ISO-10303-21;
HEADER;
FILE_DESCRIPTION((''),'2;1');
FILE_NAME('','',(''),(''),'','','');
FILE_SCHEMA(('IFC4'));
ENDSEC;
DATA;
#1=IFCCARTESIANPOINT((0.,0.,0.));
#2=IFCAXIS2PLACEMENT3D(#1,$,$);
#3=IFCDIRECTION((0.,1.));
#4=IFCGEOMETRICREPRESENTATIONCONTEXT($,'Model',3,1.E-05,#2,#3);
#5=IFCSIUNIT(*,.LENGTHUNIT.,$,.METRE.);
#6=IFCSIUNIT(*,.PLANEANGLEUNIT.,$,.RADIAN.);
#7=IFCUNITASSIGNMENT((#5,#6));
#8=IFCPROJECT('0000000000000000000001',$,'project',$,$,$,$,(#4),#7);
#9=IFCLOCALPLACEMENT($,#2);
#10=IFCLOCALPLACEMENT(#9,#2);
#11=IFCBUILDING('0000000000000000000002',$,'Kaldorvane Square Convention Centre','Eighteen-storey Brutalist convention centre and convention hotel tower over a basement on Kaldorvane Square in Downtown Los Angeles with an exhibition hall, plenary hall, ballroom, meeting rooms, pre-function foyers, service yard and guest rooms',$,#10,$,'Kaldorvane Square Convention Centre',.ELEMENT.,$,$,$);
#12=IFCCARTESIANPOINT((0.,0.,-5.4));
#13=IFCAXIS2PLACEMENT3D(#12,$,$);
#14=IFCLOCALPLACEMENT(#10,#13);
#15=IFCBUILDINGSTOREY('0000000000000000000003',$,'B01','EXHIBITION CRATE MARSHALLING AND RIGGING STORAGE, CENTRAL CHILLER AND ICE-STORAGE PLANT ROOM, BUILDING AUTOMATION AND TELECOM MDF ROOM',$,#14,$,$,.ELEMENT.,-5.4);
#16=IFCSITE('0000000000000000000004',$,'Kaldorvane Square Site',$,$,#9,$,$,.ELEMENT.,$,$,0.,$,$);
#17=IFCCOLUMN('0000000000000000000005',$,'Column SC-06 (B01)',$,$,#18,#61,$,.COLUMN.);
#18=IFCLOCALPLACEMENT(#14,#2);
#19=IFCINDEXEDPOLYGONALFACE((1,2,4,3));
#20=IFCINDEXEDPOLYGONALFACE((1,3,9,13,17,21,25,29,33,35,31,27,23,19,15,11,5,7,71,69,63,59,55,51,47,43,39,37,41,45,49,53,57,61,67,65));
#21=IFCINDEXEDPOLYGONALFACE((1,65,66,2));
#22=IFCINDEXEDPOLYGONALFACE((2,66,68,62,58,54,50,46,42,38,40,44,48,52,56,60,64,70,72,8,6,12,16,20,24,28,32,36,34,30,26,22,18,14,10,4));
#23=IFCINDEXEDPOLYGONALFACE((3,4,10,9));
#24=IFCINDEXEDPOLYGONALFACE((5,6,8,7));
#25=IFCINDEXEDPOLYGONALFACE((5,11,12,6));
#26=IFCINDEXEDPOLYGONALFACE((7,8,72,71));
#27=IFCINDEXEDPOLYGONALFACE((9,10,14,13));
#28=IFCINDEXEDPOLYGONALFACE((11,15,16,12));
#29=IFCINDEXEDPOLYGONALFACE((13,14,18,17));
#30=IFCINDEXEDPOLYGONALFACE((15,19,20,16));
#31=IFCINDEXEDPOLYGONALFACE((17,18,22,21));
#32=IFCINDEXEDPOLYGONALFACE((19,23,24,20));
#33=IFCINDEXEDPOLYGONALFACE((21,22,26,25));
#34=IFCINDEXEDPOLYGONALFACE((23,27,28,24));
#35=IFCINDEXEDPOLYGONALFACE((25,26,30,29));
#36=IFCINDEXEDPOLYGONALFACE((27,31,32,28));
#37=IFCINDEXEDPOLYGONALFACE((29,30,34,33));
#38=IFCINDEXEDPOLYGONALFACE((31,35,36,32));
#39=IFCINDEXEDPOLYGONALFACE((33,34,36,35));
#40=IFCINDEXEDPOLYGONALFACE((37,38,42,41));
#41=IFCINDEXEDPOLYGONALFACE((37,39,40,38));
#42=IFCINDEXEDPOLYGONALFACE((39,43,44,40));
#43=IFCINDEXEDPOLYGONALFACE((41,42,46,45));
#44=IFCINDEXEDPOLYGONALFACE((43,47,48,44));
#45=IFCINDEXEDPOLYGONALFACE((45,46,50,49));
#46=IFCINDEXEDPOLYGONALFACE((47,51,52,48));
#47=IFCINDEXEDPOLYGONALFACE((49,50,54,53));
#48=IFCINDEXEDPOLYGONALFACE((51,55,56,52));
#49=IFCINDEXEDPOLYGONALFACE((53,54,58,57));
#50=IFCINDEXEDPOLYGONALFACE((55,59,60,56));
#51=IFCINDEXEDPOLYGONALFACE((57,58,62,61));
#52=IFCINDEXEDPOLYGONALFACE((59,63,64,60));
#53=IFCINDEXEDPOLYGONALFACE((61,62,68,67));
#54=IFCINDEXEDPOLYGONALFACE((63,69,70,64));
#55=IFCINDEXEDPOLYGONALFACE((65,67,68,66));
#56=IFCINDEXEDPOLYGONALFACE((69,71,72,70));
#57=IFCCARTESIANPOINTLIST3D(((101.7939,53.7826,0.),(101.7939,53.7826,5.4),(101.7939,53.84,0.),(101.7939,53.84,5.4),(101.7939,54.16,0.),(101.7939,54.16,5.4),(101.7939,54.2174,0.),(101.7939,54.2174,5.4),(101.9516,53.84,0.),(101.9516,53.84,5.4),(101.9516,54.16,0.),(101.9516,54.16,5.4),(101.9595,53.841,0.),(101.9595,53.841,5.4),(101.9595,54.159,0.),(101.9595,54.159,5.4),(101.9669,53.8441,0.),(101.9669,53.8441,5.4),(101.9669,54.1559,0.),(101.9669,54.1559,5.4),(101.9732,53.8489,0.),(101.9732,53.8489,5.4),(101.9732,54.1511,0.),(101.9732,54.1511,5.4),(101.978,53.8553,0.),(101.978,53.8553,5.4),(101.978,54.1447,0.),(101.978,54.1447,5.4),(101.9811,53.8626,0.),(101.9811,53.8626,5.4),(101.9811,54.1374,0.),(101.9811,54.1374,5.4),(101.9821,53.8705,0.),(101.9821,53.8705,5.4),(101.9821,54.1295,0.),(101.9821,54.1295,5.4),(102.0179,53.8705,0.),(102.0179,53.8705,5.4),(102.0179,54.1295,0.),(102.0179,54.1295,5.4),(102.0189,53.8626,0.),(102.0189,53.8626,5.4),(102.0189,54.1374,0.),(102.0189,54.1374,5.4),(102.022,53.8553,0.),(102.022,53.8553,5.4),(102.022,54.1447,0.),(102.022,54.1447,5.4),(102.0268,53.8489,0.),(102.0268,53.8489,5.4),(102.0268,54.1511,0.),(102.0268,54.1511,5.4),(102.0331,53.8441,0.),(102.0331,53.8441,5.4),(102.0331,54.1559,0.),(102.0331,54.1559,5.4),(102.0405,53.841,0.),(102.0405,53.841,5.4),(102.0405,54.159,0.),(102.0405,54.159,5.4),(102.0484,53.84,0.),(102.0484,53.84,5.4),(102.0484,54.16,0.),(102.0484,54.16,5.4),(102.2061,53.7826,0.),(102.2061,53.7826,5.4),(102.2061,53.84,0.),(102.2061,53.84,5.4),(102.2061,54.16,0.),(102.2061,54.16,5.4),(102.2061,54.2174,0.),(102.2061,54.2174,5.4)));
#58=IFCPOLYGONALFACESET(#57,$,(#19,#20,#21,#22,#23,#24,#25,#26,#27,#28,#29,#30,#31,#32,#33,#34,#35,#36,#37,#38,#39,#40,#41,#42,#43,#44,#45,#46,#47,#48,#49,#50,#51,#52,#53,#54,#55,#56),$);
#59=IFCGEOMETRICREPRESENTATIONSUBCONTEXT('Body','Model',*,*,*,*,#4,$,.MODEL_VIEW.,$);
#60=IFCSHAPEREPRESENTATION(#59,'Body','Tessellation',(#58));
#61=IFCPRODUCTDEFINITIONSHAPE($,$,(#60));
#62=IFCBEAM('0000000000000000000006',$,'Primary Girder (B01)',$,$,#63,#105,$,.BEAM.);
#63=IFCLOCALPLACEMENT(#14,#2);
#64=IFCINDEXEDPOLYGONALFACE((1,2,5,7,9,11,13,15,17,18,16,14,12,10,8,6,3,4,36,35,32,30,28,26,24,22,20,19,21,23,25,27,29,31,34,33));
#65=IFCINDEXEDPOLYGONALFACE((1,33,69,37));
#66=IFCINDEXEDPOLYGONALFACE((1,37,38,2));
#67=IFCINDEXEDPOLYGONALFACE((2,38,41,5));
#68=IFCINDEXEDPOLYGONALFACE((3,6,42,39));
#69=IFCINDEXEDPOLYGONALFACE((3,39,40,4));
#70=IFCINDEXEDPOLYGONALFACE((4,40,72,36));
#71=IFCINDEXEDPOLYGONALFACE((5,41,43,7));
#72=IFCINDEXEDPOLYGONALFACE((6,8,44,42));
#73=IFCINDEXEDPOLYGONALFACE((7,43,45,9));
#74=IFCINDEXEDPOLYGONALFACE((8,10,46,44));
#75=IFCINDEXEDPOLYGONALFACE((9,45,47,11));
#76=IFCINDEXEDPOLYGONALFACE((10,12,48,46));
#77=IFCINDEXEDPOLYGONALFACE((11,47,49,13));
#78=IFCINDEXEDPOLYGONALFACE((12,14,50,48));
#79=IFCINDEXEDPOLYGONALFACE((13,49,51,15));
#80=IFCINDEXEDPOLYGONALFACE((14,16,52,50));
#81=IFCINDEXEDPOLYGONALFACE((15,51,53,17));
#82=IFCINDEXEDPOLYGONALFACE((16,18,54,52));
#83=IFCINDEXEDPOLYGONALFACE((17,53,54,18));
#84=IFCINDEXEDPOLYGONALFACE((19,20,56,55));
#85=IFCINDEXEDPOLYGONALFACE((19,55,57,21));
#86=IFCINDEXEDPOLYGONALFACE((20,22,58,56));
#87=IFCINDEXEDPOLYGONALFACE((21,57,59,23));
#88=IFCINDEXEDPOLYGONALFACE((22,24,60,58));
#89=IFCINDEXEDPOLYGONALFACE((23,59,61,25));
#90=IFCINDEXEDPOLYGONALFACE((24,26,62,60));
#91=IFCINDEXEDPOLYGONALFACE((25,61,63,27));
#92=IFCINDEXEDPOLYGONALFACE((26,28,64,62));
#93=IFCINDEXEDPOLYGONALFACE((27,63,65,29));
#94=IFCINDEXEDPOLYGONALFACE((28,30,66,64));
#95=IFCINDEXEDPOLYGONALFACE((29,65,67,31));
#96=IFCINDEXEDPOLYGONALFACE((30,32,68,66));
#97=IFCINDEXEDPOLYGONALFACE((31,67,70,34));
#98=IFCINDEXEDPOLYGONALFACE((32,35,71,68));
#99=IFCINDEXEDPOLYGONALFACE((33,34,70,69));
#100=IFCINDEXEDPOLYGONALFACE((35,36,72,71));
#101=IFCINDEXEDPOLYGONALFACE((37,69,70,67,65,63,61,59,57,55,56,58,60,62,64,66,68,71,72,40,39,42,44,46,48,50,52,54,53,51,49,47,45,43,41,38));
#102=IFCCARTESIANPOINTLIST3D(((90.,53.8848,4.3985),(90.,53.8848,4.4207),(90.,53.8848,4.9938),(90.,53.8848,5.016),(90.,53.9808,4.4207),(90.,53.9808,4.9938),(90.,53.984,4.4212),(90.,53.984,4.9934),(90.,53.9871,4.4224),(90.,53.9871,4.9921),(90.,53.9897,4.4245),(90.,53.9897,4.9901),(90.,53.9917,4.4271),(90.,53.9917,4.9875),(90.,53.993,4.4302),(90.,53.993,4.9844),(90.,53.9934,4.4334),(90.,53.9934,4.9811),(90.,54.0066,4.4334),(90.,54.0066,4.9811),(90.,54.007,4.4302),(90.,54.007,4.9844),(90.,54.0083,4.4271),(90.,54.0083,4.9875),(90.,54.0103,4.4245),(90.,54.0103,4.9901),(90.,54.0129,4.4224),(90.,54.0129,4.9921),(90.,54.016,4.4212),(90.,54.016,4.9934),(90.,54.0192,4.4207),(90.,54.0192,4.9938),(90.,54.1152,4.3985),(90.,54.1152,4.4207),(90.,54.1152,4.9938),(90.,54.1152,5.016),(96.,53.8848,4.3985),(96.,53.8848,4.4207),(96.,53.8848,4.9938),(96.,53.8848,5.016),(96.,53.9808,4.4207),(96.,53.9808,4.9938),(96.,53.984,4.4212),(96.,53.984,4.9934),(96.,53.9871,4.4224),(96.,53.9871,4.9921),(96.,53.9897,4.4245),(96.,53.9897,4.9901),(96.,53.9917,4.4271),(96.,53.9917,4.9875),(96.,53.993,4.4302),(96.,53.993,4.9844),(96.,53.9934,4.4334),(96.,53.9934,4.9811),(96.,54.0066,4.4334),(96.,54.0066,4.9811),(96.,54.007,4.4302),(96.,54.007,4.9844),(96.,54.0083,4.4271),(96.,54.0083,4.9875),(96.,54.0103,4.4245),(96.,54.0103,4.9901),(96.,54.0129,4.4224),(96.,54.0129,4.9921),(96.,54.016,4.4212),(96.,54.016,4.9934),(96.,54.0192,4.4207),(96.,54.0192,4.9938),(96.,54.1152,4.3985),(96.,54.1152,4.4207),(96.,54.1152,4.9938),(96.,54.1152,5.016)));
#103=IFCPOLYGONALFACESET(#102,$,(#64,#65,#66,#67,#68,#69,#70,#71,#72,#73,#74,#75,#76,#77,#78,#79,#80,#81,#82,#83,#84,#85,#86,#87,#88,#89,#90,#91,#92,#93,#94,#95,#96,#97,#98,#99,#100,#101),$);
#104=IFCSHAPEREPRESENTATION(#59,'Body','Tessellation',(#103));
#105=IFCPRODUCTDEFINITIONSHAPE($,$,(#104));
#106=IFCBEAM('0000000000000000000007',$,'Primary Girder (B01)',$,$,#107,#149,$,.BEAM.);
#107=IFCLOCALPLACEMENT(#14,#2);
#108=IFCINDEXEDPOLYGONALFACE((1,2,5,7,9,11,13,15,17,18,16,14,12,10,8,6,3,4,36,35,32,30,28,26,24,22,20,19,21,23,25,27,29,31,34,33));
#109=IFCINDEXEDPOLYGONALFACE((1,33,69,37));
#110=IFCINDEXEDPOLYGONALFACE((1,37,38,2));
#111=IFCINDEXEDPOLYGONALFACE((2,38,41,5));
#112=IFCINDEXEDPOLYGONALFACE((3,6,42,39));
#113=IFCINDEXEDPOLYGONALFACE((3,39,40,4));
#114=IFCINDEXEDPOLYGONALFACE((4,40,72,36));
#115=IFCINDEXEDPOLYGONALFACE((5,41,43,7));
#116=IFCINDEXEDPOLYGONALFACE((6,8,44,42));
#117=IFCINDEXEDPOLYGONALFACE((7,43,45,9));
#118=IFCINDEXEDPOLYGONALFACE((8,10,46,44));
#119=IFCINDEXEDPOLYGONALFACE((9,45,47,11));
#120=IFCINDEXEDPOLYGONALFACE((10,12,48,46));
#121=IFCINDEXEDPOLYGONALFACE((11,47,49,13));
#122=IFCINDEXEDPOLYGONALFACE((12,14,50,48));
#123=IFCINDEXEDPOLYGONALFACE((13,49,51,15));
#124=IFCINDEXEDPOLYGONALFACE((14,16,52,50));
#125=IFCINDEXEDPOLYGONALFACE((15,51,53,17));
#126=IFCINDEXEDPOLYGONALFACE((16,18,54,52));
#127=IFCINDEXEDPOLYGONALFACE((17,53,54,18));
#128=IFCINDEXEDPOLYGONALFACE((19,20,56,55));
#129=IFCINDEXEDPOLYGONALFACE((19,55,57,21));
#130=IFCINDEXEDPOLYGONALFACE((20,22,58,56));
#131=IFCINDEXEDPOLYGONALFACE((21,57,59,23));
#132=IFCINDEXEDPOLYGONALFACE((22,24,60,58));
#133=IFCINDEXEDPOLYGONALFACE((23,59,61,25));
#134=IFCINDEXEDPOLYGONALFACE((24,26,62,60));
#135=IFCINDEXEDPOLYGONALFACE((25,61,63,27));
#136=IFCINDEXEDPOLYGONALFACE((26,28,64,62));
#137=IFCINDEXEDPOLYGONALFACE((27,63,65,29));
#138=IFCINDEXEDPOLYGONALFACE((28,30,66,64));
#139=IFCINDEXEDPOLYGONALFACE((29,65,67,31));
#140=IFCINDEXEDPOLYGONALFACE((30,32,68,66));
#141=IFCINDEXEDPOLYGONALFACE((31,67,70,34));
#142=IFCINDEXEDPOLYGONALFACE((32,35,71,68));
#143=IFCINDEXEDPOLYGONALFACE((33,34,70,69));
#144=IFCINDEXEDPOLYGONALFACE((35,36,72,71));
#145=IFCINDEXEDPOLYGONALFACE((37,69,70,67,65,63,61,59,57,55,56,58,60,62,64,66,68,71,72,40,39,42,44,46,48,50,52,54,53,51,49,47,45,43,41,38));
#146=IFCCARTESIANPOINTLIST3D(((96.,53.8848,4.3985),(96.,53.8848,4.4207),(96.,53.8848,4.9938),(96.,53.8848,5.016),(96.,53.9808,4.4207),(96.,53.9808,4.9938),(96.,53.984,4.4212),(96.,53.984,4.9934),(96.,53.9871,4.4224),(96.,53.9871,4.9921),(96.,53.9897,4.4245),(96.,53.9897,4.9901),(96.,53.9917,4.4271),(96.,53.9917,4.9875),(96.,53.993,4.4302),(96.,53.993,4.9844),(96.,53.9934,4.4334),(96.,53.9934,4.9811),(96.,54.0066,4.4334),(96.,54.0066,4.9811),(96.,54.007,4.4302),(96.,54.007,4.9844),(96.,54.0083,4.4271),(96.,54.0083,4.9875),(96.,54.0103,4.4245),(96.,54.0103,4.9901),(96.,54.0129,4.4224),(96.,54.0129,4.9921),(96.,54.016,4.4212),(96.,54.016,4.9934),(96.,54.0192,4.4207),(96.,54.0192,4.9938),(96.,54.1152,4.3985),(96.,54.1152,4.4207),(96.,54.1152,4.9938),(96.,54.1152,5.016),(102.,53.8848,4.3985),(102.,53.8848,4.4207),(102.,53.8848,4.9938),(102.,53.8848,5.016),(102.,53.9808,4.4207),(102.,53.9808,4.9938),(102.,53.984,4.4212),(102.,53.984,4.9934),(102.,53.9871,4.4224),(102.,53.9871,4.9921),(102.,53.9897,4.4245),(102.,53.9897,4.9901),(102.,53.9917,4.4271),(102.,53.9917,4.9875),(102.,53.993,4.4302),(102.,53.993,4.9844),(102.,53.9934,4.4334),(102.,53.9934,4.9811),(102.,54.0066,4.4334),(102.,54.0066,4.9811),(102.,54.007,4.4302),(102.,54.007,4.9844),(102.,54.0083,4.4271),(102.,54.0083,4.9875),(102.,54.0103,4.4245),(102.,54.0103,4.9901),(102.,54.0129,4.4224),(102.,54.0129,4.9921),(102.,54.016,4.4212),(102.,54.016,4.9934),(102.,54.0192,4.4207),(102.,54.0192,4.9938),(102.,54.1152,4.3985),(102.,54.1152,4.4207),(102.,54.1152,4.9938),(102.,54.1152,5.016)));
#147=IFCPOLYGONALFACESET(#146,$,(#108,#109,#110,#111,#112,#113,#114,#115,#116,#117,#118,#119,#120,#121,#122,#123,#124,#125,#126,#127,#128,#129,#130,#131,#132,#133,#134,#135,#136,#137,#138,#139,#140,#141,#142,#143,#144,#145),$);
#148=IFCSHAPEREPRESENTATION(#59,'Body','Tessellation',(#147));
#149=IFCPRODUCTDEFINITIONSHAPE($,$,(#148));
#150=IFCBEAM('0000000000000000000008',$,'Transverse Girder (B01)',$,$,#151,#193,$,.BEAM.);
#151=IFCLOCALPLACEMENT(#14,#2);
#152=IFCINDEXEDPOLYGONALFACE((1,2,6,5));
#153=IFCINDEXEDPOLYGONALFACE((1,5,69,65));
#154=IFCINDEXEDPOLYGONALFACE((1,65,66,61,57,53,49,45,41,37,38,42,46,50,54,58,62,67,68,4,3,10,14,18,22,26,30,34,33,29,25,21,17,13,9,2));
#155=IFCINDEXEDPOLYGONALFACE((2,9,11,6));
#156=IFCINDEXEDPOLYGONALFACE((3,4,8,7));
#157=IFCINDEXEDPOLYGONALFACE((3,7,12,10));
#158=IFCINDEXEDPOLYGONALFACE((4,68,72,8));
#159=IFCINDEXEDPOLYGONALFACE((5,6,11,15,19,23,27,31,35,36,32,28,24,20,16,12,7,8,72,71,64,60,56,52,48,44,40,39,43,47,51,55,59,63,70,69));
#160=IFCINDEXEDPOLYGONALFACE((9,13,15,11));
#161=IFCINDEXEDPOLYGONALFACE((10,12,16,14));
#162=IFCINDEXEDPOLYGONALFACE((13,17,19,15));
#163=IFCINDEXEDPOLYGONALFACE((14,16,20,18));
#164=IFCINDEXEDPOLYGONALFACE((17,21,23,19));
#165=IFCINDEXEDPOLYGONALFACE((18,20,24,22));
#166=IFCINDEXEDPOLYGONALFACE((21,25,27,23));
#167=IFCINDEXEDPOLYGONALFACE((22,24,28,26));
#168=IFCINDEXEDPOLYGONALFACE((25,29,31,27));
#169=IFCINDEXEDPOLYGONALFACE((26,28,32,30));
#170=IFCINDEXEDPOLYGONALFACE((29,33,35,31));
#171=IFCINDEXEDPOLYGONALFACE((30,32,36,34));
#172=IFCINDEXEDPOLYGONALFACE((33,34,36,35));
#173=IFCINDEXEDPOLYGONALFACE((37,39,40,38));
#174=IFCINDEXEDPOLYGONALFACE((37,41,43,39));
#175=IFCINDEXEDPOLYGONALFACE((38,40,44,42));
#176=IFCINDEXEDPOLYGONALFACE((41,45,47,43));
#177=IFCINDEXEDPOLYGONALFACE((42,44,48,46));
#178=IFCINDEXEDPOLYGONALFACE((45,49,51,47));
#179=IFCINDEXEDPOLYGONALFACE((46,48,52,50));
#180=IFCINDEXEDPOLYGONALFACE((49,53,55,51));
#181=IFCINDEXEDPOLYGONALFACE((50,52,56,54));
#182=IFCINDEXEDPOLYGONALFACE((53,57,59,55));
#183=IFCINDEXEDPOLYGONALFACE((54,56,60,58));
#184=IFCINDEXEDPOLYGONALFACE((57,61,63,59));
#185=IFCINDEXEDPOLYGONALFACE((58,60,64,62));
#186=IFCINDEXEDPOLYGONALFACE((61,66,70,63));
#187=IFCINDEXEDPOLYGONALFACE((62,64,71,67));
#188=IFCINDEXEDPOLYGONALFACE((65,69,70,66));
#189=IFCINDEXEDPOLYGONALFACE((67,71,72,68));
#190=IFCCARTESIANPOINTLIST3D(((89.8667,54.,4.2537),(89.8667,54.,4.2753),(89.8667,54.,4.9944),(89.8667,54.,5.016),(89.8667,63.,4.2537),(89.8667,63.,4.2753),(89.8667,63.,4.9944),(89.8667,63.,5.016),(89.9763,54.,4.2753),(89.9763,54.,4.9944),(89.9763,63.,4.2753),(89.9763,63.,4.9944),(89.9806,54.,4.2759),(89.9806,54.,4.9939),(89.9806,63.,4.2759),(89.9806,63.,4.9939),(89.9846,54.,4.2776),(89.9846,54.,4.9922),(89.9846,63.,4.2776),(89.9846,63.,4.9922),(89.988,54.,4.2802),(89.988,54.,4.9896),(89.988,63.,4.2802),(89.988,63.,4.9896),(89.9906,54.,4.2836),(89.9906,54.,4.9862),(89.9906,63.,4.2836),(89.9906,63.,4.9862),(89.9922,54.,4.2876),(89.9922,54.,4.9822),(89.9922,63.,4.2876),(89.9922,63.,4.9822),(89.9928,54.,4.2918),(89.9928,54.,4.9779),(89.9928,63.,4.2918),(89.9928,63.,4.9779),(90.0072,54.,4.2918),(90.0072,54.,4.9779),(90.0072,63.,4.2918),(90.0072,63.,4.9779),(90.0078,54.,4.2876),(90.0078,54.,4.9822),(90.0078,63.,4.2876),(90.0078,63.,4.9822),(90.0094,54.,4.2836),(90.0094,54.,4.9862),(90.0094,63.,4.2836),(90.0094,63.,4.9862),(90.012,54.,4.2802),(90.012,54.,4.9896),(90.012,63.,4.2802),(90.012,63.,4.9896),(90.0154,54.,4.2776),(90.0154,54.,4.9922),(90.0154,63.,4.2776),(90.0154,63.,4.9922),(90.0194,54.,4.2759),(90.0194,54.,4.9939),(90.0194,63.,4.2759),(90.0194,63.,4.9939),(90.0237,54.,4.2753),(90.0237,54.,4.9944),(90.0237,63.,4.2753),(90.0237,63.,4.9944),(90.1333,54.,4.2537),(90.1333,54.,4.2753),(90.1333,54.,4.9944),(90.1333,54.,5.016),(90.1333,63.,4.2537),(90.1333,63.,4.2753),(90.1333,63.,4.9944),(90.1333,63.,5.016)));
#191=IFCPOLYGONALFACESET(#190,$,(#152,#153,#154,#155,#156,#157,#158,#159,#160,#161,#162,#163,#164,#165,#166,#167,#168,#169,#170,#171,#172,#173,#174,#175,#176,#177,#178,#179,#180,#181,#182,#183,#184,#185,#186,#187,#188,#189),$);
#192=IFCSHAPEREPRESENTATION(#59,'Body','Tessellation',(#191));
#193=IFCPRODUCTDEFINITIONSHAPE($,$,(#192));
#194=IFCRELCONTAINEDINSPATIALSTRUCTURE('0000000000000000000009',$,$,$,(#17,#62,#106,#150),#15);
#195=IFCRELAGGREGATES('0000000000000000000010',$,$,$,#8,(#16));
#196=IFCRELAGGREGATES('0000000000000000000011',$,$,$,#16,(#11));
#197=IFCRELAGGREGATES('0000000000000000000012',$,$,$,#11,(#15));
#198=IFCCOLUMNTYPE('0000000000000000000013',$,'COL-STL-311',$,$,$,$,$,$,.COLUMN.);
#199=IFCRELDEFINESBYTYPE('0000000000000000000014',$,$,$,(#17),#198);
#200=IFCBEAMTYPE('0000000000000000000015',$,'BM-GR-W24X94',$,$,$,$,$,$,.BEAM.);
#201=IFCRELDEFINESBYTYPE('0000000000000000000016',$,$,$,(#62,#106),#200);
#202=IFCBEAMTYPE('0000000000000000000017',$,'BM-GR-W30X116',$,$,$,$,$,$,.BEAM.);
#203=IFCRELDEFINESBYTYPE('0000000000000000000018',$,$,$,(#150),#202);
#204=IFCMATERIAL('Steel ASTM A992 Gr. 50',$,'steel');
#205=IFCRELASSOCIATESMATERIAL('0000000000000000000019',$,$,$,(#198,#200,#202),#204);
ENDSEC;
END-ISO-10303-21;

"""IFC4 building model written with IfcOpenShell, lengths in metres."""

from ifc_helpers import new_model, si_unit, direction, frame, origin, origin_2d, place, context, subcontext, project, spatial, i_section, extrude, material, material_profile, profile_set, type_object, element, save


model = new_model("IFC4")

# Units and contexts
model_context = context("Model", 3, precision=1e-05, world=origin(), true_north=direction((0.0, 1.0)))
body_context = subcontext(model_context, "Body", "Model", "MODEL_VIEW")
ifc_project = project(units=[si_unit("LENGTHUNIT", "METRE"), si_unit("PLANEANGLEUNIT", "RADIAN")], contexts=[model_context])

# Site, building, storey
site_placement = place(None, origin())
site = spatial("IfcSite", under=ifc_project, at=site_placement, Name="Kaldorvane Square Site", CompositionType="ELEMENT", RefElevation=0.0)
building_placement = place(site_placement, origin())
building = spatial("IfcBuilding", under=site, at=building_placement, Name="Kaldorvane Square Convention Centre", Description="Eighteen-storey Brutalist convention centre and convention hotel tower over a basement on Kaldorvane Square in Downtown Los Angeles with an exhibition hall, plenary hall, ballroom, meeting rooms, pre-function foyers, service yard and guest rooms", LongName="Kaldorvane Square Convention Centre", CompositionType="ELEMENT")
storey_placement = place(building_placement, frame((0.0, 0.0, -5.4)))
storey = spatial("IfcBuildingStorey", under=building, at=storey_placement, Name="B01", Description="EXHIBITION CRATE MARSHALLING AND RIGGING STORAGE, CENTRAL CHILLER AND ICE-STORAGE PLANT ROOM, BUILDING AUTOMATION AND TELECOM MDF ROOM", CompositionType="ELEMENT", Elevation=-5.4)

# Column
ifc_material_1 = material(Name="Steel ASTM A992 Gr. 50", Category="steel")
ifc_material_profile_1 = material_profile(ifc_material_1, i_section(OverallWidth=0.4122, OverallDepth=0.4348, WebThickness=0.0358, FlangeThickness=0.0574, FilletRadius=0.0305, at=origin_2d()), Name="W14X311")
ifc_profile_set_1 = profile_set([ifc_material_profile_1], Name="Steel ASTM A992 Gr. 50")
column_type = type_object("IfcColumnType", Name="COL-STL-311", PredefinedType="COLUMN", material=ifc_profile_set_1)
for number, where, z_axis, x_axis, name in (
    (1, (102.0, 54.0, 0.0), (0.0, 0.0, 1.0), (1.0, 0.0, 0.0), "Column SC-06 (B01)"),
):
    element("IfcColumn", number, at=place(storey_placement, frame(where, z_axis=z_axis, x_axis=x_axis)), inside=storey, type_object=column_type, Name=name, PredefinedType="COLUMN", context=body_context, shape_type="SweptSolid", body=[
        extrude(i_section(OverallWidth=0.4122, OverallDepth=0.4348, WebThickness=0.0358, FlangeThickness=0.0574, FilletRadius=0.0305, at=origin_2d()), origin(), (0.0, 0.0, 1.0), 5.4),
    ])

# Beams
ifc_material_profile_2 = material_profile(ifc_material_1, i_section(OverallWidth=0.2303, OverallDepth=0.6175, WebThickness=0.0131, FlangeThickness=0.0222, FilletRadius=0.0127, at=origin_2d()), Name="W24X94")
ifc_profile_set_2 = profile_set([ifc_material_profile_2], Name="Steel ASTM A992 Gr. 50")
beam_type_1 = type_object("IfcBeamType", Name="BM-GR-W24X94", PredefinedType="BEAM", material=ifc_profile_set_2)
for number, where, z_axis, x_axis, name in (
    (2, (90.0, 54.0, 4.7073), (1.0, 0.0, 0.0), (0.0, 1.0, 0.0), "Primary Girder (B01)"),
    (3, (96.0, 54.0, 4.7073), (1.0, 0.0, 0.0), (0.0, 1.0, 0.0), "Primary Girder (B01)"),
):
    element("IfcBeam", number, at=place(storey_placement, frame(where, z_axis=z_axis, x_axis=x_axis)), inside=storey, type_object=beam_type_1, Name=name, PredefinedType="BEAM", context=body_context, shape_type="SweptSolid", body=[
        extrude(i_section(OverallWidth=0.2303, OverallDepth=0.6175, WebThickness=0.0131, FlangeThickness=0.0222, FilletRadius=0.0127, at=origin_2d()), origin(), (0.0, 0.0, 1.0), 6.0),
    ])
ifc_material_profile_3 = material_profile(ifc_material_1, i_section(OverallWidth=0.2666, OverallDepth=0.7623, WebThickness=0.0144, FlangeThickness=0.0216, FilletRadius=0.0165, at=origin_2d()), Name="W30X116")
ifc_profile_set_3 = profile_set([ifc_material_profile_3], Name="Steel ASTM A992 Gr. 50")
beam_type_2 = type_object("IfcBeamType", Name="BM-GR-W30X116", PredefinedType="BEAM", material=ifc_profile_set_3)
for number, where, z_axis, x_axis, name in (
    (4, (90.0, 54.0, 4.6349), (0.0, 1.0, 0.0), (-1.0, 0.0, 0.0), "Transverse Girder (B01)"),
):
    element("IfcBeam", number, at=place(storey_placement, frame(where, z_axis=z_axis, x_axis=x_axis)), inside=storey, type_object=beam_type_2, Name=name, PredefinedType="BEAM", context=body_context, shape_type="SweptSolid", body=[
        extrude(i_section(OverallWidth=0.2666, OverallDepth=0.7623, WebThickness=0.0144, FlangeThickness=0.0216, FilletRadius=0.0165, at=origin_2d()), origin(), (0.0, 0.0, 1.0), 9.0),
    ])

save(model, "model.ifc")
